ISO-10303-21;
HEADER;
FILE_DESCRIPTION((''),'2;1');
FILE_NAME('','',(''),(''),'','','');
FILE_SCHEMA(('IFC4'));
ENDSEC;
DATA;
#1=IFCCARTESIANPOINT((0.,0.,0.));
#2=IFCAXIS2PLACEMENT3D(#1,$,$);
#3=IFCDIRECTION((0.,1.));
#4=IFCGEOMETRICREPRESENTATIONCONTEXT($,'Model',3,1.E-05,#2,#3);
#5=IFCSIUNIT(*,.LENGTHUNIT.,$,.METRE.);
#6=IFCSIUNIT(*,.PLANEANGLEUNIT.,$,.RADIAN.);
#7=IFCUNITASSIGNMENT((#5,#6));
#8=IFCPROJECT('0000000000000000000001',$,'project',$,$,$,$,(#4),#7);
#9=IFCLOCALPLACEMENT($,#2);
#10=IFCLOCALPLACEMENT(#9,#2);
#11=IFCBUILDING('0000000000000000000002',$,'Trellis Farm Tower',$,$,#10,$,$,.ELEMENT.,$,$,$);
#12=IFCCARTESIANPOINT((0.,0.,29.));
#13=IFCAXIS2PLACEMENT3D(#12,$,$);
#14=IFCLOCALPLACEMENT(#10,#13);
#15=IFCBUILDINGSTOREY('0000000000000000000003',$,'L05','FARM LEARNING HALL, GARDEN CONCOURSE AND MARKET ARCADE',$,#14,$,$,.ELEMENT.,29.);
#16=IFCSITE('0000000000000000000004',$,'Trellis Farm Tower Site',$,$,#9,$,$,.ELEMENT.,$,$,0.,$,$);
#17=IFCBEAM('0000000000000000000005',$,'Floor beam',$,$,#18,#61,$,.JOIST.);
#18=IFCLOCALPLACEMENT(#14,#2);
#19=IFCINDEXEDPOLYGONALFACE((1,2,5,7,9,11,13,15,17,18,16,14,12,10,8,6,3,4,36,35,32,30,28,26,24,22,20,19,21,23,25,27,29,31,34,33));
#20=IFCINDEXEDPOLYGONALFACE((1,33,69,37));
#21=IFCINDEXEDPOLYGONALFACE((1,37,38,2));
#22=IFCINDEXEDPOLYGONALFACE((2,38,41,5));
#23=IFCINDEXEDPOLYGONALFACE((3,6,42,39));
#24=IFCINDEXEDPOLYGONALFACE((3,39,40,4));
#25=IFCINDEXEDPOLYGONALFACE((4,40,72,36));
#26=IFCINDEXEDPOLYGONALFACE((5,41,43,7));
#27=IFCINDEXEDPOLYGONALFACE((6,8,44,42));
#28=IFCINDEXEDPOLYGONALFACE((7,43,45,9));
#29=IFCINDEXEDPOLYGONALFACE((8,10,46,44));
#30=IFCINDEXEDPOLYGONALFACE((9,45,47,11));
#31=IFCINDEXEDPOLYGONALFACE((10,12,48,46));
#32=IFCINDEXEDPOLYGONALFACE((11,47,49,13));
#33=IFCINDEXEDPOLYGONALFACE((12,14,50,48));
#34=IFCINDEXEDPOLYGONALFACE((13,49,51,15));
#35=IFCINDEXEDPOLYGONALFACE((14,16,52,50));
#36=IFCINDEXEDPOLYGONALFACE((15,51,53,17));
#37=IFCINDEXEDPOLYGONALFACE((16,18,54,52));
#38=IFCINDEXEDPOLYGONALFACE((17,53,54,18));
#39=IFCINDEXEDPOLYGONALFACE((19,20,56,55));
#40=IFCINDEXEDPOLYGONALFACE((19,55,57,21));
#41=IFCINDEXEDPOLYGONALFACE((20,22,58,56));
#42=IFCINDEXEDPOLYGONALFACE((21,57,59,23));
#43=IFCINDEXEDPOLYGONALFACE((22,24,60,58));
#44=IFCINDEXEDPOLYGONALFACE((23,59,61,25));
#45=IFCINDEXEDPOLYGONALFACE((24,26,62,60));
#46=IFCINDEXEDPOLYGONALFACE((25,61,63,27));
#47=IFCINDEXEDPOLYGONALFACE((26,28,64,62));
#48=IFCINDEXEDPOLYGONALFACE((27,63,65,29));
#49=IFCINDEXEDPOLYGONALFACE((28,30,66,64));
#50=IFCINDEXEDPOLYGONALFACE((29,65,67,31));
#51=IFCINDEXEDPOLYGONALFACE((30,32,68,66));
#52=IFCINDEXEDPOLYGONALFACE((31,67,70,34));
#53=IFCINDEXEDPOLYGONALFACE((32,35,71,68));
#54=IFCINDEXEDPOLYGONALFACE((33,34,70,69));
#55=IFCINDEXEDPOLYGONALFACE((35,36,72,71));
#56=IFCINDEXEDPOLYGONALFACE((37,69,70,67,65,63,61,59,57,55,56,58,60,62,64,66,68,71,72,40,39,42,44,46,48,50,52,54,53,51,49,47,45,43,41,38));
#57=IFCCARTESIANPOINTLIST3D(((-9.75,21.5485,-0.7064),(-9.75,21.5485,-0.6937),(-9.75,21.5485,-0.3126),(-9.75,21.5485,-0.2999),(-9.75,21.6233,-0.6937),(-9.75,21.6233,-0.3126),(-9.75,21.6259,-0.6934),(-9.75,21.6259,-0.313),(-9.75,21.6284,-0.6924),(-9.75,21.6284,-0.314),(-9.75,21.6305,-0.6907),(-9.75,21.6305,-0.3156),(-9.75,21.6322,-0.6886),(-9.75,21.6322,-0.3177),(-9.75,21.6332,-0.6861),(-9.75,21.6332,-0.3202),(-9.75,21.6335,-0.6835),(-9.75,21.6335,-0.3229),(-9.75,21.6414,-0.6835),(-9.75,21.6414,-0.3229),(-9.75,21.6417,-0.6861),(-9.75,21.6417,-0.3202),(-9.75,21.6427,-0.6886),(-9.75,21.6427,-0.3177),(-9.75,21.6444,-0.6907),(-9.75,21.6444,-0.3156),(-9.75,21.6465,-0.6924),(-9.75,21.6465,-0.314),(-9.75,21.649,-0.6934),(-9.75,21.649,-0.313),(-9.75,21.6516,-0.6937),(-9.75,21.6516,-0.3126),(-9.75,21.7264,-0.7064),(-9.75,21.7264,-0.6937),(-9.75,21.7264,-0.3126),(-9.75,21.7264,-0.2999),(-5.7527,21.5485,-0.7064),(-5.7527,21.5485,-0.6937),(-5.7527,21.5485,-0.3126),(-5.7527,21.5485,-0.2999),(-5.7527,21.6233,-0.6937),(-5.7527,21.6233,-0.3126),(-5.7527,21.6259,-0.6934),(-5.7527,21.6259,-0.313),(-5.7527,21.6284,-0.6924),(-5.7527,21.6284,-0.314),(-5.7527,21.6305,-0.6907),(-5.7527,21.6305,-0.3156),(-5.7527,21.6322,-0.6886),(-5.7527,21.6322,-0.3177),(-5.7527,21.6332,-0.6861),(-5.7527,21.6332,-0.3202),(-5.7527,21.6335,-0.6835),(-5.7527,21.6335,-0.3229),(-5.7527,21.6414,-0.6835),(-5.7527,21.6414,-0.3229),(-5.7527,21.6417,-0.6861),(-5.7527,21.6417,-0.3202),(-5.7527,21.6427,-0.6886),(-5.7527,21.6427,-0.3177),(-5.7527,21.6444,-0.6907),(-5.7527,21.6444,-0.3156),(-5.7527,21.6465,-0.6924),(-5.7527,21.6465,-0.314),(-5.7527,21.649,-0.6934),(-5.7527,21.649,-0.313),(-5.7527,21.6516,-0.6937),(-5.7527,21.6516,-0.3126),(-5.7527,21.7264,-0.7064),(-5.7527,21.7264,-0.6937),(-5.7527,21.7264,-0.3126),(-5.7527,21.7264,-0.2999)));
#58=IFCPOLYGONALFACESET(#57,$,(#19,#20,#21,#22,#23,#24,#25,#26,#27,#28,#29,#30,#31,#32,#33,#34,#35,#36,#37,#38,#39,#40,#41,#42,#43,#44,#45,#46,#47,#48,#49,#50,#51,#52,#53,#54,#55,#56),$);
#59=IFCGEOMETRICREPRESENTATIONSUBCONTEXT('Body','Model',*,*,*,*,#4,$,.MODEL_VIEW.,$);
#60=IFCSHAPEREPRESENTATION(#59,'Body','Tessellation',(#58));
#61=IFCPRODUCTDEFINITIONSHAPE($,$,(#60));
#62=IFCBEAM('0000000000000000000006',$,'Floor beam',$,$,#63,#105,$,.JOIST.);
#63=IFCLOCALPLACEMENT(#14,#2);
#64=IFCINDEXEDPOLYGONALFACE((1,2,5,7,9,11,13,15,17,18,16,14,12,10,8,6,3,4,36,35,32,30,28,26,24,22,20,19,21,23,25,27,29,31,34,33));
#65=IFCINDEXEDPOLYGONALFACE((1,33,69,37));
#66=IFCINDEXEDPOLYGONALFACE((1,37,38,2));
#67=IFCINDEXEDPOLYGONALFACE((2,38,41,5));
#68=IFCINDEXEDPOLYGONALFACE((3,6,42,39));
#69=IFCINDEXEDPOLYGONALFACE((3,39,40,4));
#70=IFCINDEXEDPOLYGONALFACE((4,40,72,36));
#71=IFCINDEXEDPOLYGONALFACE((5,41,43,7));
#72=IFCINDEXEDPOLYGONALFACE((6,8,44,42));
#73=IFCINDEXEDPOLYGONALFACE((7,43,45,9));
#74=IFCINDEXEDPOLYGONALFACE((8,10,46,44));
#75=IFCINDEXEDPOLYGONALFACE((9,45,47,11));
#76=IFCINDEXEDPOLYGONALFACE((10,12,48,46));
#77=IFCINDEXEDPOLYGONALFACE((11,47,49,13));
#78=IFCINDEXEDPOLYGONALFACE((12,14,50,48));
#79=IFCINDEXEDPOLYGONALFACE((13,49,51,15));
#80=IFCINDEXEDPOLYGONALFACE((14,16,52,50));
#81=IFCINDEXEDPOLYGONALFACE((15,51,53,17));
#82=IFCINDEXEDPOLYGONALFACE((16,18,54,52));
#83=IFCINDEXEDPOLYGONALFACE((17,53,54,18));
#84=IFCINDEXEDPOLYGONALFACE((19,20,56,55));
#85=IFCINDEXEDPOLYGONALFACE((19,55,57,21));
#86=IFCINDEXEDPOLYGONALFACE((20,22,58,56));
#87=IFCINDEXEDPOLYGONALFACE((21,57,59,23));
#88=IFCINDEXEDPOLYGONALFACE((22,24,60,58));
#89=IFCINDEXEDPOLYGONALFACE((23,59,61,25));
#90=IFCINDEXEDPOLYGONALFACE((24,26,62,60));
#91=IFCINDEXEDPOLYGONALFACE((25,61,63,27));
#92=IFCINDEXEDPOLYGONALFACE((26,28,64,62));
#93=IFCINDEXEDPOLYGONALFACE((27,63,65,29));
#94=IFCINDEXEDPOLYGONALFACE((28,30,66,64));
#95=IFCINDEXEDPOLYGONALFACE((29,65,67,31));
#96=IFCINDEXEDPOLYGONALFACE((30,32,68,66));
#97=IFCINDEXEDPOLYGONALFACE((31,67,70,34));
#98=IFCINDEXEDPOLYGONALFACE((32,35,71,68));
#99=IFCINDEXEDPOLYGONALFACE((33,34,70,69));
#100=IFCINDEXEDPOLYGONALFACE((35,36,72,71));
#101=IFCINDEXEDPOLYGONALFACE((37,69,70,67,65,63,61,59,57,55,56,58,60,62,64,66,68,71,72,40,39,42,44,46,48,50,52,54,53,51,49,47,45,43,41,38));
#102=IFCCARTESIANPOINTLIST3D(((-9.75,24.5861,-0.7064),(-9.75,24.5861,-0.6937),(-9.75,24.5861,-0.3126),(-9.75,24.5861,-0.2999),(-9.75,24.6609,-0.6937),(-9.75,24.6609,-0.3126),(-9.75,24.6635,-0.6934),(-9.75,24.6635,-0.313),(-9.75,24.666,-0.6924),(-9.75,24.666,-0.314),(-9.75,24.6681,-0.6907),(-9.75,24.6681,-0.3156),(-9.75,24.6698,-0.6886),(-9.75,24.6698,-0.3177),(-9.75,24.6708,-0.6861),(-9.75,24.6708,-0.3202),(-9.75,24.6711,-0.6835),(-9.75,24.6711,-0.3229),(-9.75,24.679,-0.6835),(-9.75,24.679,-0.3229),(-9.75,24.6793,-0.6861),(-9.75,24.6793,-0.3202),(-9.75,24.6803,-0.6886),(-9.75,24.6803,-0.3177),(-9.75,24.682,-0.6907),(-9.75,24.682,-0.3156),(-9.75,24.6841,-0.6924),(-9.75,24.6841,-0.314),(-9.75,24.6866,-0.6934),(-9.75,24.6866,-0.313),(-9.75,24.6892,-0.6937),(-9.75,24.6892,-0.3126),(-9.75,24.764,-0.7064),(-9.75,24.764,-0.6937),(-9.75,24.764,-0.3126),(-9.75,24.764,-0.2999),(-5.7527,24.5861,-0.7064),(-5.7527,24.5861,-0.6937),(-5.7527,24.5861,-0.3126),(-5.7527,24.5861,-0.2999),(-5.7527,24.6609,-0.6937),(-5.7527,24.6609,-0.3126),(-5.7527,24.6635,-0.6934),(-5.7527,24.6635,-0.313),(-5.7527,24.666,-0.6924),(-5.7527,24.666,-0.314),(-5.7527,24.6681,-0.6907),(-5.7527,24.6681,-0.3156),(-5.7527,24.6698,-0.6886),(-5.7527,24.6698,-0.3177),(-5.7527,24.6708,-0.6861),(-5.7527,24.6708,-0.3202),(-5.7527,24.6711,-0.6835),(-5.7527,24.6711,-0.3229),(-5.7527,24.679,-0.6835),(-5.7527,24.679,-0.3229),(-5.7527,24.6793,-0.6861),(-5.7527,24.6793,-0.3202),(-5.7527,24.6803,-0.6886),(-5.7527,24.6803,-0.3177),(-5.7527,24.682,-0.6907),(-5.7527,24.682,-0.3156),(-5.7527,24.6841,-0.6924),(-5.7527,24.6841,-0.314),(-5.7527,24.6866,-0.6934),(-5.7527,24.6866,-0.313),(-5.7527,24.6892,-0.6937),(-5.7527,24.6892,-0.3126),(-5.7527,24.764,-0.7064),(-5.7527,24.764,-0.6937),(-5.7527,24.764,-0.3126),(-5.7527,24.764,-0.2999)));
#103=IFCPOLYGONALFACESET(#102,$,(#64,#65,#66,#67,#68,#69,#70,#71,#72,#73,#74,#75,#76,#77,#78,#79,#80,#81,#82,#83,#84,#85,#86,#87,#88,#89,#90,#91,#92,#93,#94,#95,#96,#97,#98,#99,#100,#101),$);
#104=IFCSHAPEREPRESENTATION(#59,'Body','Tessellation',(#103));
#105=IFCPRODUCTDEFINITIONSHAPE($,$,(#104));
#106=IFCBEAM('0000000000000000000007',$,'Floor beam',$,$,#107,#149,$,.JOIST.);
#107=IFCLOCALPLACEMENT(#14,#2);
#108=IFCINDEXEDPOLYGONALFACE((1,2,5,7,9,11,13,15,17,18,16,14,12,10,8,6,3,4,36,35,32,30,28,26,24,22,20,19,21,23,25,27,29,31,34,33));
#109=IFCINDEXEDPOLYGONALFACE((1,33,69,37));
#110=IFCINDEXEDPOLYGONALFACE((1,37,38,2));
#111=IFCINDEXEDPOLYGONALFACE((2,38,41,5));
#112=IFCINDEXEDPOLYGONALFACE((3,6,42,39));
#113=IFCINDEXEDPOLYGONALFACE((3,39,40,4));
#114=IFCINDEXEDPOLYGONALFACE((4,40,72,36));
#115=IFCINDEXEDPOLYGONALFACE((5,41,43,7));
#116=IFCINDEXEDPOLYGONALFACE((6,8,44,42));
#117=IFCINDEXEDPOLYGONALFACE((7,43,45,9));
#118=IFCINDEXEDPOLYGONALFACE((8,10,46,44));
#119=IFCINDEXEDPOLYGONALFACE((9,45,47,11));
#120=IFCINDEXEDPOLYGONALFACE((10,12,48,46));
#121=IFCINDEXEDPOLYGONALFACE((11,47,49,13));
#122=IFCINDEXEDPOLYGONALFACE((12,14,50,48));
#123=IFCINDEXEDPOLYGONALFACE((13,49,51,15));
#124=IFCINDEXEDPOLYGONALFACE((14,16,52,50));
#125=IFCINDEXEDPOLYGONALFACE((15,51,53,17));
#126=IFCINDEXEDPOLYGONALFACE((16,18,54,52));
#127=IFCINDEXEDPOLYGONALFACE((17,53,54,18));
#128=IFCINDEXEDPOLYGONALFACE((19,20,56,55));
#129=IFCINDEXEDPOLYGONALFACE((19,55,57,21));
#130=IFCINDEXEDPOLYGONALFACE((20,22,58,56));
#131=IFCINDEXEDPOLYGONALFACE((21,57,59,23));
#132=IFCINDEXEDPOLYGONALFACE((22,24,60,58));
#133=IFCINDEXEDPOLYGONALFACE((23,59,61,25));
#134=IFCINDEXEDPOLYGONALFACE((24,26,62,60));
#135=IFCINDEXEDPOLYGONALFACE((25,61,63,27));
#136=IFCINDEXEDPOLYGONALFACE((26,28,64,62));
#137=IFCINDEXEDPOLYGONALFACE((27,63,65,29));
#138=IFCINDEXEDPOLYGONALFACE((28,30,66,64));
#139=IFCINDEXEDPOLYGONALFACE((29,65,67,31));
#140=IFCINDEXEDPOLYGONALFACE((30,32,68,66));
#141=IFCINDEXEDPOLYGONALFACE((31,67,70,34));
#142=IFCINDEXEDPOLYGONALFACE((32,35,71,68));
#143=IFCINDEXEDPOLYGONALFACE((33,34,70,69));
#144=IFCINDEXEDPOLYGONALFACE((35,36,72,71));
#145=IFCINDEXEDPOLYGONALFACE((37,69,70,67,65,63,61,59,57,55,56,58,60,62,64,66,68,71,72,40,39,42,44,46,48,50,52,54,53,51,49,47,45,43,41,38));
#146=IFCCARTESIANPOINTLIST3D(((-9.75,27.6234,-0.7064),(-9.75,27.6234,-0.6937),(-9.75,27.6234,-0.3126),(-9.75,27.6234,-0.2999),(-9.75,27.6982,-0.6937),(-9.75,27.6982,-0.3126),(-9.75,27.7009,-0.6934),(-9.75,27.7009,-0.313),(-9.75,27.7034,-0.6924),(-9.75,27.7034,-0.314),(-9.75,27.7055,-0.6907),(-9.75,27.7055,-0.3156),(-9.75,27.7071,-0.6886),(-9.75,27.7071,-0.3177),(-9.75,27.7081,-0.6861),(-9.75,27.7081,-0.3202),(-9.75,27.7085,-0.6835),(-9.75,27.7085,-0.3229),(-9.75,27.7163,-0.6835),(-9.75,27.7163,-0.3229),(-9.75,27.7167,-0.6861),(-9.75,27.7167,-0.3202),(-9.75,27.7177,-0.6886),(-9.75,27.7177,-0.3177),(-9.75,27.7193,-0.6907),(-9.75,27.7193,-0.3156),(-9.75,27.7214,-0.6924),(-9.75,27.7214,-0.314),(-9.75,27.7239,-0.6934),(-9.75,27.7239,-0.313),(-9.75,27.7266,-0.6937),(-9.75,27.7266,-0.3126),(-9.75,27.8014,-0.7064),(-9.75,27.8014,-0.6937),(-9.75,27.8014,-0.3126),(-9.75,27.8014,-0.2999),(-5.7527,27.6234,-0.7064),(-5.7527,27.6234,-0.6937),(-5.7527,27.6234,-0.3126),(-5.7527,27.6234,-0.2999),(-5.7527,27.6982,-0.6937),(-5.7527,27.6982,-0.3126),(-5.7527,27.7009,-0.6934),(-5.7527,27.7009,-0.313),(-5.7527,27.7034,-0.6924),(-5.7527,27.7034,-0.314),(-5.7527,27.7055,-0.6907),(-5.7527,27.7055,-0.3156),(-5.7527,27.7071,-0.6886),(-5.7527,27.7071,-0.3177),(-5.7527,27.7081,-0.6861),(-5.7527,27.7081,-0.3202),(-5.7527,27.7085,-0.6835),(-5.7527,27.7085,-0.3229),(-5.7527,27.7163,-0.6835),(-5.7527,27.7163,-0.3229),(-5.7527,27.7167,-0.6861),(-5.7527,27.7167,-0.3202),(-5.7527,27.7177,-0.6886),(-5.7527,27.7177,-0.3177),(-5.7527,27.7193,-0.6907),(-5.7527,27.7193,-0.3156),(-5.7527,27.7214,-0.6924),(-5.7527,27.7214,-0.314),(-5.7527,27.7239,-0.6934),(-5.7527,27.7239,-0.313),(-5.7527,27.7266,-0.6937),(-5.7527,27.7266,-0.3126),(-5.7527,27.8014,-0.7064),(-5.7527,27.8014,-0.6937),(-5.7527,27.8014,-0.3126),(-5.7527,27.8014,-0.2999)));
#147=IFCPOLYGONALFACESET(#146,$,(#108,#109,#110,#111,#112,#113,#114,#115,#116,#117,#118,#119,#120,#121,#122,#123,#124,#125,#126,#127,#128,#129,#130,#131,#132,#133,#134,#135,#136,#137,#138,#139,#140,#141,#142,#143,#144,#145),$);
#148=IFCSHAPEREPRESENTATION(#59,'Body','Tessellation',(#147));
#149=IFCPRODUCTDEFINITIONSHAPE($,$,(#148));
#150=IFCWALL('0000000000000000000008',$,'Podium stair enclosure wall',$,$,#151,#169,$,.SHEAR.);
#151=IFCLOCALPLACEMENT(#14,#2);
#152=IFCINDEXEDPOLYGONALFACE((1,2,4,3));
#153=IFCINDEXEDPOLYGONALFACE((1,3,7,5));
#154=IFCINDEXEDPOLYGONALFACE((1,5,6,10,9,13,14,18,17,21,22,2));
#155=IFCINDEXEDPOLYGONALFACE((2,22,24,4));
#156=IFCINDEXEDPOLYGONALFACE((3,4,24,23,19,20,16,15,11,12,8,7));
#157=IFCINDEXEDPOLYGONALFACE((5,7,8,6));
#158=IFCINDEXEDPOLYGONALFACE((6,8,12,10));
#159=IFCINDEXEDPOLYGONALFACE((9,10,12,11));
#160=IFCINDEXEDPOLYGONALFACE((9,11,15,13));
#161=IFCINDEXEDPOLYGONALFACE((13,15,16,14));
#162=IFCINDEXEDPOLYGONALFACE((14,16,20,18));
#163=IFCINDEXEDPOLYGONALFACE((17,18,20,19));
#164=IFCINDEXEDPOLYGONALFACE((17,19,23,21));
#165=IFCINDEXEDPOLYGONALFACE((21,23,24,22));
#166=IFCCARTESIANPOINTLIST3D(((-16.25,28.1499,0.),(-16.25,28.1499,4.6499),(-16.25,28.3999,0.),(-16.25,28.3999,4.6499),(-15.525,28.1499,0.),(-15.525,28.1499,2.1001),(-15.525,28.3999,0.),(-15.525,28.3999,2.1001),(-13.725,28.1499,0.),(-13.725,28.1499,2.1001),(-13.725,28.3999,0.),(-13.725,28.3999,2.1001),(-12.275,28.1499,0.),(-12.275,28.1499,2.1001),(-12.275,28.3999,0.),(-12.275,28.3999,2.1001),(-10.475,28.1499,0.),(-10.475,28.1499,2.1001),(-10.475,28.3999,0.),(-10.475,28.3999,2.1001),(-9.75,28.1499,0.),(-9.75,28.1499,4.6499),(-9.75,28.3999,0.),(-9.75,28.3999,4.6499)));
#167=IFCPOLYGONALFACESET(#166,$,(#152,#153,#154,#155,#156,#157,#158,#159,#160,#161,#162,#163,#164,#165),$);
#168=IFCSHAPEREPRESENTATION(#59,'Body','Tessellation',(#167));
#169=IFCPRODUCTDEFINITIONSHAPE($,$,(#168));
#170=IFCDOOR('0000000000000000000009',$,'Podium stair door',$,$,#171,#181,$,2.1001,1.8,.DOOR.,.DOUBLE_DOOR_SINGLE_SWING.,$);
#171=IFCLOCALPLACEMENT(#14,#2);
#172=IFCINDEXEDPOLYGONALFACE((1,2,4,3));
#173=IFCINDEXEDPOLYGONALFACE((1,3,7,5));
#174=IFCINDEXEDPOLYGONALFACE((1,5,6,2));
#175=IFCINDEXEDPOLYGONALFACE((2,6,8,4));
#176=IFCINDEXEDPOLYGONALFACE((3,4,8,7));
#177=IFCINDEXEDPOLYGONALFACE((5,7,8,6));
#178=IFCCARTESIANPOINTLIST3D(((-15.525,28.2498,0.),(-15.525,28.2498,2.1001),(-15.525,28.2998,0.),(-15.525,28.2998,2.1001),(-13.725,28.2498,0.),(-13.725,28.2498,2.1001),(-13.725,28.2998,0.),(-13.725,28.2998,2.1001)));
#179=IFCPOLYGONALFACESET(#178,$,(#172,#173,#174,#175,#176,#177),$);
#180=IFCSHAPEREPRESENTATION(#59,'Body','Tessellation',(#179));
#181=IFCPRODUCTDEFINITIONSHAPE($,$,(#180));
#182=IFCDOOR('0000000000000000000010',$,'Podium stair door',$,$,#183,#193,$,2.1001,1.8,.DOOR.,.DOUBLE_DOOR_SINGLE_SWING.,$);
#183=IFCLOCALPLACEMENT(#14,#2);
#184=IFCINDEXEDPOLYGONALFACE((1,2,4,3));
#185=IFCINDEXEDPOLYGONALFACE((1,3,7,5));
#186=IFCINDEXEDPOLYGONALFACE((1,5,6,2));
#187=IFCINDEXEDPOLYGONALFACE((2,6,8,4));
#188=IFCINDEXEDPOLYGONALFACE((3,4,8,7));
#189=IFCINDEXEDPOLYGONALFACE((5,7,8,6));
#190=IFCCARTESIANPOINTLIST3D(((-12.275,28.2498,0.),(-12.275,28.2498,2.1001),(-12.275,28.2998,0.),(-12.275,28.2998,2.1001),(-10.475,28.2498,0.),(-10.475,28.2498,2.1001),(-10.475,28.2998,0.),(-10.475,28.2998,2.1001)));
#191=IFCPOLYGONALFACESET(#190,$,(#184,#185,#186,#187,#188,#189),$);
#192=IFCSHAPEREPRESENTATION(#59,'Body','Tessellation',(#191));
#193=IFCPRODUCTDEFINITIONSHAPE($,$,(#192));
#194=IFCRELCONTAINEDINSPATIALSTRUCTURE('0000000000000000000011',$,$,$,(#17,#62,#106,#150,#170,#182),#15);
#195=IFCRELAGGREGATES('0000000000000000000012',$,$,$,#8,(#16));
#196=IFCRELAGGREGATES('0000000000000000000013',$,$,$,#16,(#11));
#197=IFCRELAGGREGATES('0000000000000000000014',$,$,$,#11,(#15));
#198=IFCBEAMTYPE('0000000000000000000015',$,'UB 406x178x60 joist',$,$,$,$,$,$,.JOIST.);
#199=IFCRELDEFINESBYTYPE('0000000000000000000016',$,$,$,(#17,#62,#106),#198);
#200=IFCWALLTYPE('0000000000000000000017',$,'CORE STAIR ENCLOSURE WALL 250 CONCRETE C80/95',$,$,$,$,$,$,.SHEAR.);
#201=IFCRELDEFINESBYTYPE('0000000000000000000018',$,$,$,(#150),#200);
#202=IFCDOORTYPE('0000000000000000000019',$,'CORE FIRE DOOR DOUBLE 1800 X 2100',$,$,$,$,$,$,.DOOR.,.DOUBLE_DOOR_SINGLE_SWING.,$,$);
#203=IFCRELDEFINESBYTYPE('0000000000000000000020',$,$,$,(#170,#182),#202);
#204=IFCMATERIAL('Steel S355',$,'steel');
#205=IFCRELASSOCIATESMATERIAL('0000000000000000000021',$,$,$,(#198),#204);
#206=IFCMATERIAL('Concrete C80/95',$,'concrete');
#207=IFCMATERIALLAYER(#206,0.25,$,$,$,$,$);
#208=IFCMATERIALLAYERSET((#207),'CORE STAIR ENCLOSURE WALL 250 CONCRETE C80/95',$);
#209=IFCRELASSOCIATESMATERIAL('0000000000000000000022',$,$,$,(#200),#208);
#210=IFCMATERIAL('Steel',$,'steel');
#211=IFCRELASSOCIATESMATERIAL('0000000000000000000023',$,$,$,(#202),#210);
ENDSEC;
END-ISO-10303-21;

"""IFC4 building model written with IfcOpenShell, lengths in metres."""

from ifc_helpers import new_model, si_unit, direction, frame, frame_2d, origin, origin_2d, place, context, subcontext, project, spatial, rectangle, i_section, extrude, source, transform, mapped, material, layer, layer_set, material_profile, profile_set, type_object, element, fill, save


model = new_model("IFC4")

# Units and contexts
model_context = context("Model", 3, precision=1e-05, world=origin(), true_north=direction((0.0, 1.0)))
body_context = subcontext(model_context, "Body", "Model", "MODEL_VIEW")
ifc_project = project(units=[si_unit("LENGTHUNIT", "METRE"), si_unit("PLANEANGLEUNIT", "RADIAN")], contexts=[model_context])

# Site, building, storey
site_placement = place(None, origin())
site = spatial("IfcSite", under=ifc_project, at=site_placement, Name="Trellis Farm Tower Site", CompositionType="ELEMENT", RefElevation=0.0)
building_placement = place(site_placement, origin())
building = spatial("IfcBuilding", under=site, at=building_placement, Name="Trellis Farm Tower", CompositionType="ELEMENT")
storey_placement = place(building_placement, frame((0.0, 0.0, 29.0)))
storey = spatial("IfcBuildingStorey", under=building, at=storey_placement, Name="L05", Description="FARM LEARNING HALL, GARDEN CONCOURSE AND MARKET ARCADE", CompositionType="ELEMENT", Elevation=29.0)

# Beams
ifc_material_1 = material(Name="Steel S355", Category="steel")
ifc_material_profile = material_profile(ifc_material_1, i_section(OverallWidth=0.178, OverallDepth=0.4065, WebThickness=0.0078, FlangeThickness=0.0127, FilletRadius=0.0103, at=origin_2d()), Name="UB 406x178x60")
ifc_profile_set = profile_set([ifc_material_profile], Name="Steel S355")
beam_type = type_object("IfcBeamType", Name="UB 406x178x60 joist", PredefinedType="JOIST", material=ifc_profile_set)
shared_shape_1 = source(origin(), body_context, "Body", "SweptSolid", [
    extrude(i_section(OverallWidth=0.178, OverallDepth=0.4065, WebThickness=0.0078, FlangeThickness=0.0127, FilletRadius=0.0103, at=origin_2d()), origin(), (0.0, 0.0, 1.0), 3.9973),
])
for number, where, z_axis, x_axis, name in (
    (1, (-9.75, 21.6375, -0.5032), (1.0, 0.0, 0.0), (0.0, 1.0, 0.0), "Floor beam"),
    (2, (-9.75, 24.675, -0.5032), (1.0, 0.0, 0.0), (0.0, 1.0, 0.0), "Floor beam"),
    (3, (-9.75, 27.7124, -0.5032), (1.0, 0.0, 0.0), (0.0, 1.0, 0.0), "Floor beam"),
):
    element("IfcBeam", number, at=place(storey_placement, frame(where, z_axis=z_axis, x_axis=x_axis)), inside=storey, type_object=beam_type, Name=name, PredefinedType="JOIST", context=body_context, shape_type="MappedRepresentation", body=[
        mapped(shared_shape_1, transform((0.0, 0.0, 0.0))),
    ])

# Wall, openings, doors
ifc_material_2 = material(Name="Concrete C80/95", Category="concrete")
ifc_layer_1 = layer(ifc_material_2, 0.25)
ifc_layer_set_1 = layer_set([ifc_layer_1], Name="CORE STAIR ENCLOSURE WALL 250 CONCRETE C80/95")
wall_type_1 = type_object("IfcWallType", Name="CORE STAIR ENCLOSURE WALL 250 CONCRETE C80/95", PredefinedType="SHEAR", material=ifc_layer_set_1)
shared_shape_2 = source(origin(), body_context, "Body", "SweptSolid", [
    extrude(rectangle(XDim=6.5, YDim=0.25, at=frame_2d((3.25, 0.0))), origin(), (0.0, 0.0, 1.0), 4.6499),
])
wall_1_placement = place(storey_placement, frame((-16.25, 28.2749, 0.0), z_axis=(0.0, 0.0, 1.0), x_axis=(1.0, 0.0, 0.0)))
wall_1 = element("IfcWall", 4, at=wall_1_placement, inside=storey, type_object=wall_type_1, Name="Podium stair enclosure wall", PredefinedType="SHEAR", context=body_context, shape_type="MappedRepresentation", body=[
    mapped(shared_shape_2, transform((0.0, 0.0, 0.0))),
])
shared_shape_3 = source(origin(), body_context, "Body", "SweptSolid", [
    extrude(rectangle(XDim=1.8, YDim=2.1001, at=frame_2d((0.8999, 1.05))), frame((0.0, 0.135, 0.0), z_axis=(0.0, -1.0, 0.0), x_axis=(1.0, 0.0, 0.0)), (0.0, 0.0, 1.0), 0.27),
])
opening_1_placement = place(wall_1_placement, frame((0.7251, 0.0, 0.0)))
opening_1 = element("IfcOpeningElement", 5, at=opening_1_placement, cuts=wall_1, PredefinedType="OPENING", context=body_context, shape_type="MappedRepresentation", body=[
    mapped(shared_shape_3, transform((0.0, 0.0, 0.0))),
])
opening_2_placement = place(wall_1_placement, frame((3.9751, 0.0, 0.0)))
opening_2 = element("IfcOpeningElement", 6, at=opening_2_placement, cuts=wall_1, PredefinedType="OPENING", context=body_context, shape_type="MappedRepresentation", body=[
    mapped(shared_shape_3, transform((0.0, 0.0, 0.0))),
])
ifc_material_3 = material(Name="Steel", Category="steel")
door_type_1 = type_object("IfcDoorType", Name="CORE FIRE DOOR DOUBLE 1800 X 2100", OperationType="DOUBLE_DOOR_SINGLE_SWING", PredefinedType="DOOR", material=ifc_material_3)
shared_shape_4 = source(origin(), body_context, "Body", "SweptSolid", [
    extrude(rectangle(XDim=1.8, YDim=2.1001, at=frame_2d((0.8999, 1.05))), frame((0.0, 0.0249, 0.0), z_axis=(0.0, -1.0, 0.0), x_axis=(1.0, 0.0, 0.0)), (0.0, 0.0, 1.0), 0.05),
])
door_1_placement = place(opening_1_placement, origin())
door_1 = element("IfcDoor", 7, at=door_1_placement, inside=storey, type_object=door_type_1, Name="Podium stair door", OperationType="DOUBLE_DOOR_SINGLE_SWING", OverallHeight=2.1001, OverallWidth=1.8, PredefinedType="DOOR", context=body_context, shape_type="MappedRepresentation", body=[
    mapped(shared_shape_4, transform((0.0, 0.0, 0.0))),
])
fill(opening_1, door_1)
door_2_placement = place(opening_2_placement, origin())
door_2 = element("IfcDoor", 8, at=door_2_placement, inside=storey, type_object=door_type_1, Name="Podium stair door", OperationType="DOUBLE_DOOR_SINGLE_SWING", OverallHeight=2.1001, OverallWidth=1.8, PredefinedType="DOOR", context=body_context, shape_type="MappedRepresentation", body=[
    mapped(shared_shape_4, transform((0.0, 0.0, 0.0))),
])
fill(opening_2, door_2)

save(model, "model.ifc")
